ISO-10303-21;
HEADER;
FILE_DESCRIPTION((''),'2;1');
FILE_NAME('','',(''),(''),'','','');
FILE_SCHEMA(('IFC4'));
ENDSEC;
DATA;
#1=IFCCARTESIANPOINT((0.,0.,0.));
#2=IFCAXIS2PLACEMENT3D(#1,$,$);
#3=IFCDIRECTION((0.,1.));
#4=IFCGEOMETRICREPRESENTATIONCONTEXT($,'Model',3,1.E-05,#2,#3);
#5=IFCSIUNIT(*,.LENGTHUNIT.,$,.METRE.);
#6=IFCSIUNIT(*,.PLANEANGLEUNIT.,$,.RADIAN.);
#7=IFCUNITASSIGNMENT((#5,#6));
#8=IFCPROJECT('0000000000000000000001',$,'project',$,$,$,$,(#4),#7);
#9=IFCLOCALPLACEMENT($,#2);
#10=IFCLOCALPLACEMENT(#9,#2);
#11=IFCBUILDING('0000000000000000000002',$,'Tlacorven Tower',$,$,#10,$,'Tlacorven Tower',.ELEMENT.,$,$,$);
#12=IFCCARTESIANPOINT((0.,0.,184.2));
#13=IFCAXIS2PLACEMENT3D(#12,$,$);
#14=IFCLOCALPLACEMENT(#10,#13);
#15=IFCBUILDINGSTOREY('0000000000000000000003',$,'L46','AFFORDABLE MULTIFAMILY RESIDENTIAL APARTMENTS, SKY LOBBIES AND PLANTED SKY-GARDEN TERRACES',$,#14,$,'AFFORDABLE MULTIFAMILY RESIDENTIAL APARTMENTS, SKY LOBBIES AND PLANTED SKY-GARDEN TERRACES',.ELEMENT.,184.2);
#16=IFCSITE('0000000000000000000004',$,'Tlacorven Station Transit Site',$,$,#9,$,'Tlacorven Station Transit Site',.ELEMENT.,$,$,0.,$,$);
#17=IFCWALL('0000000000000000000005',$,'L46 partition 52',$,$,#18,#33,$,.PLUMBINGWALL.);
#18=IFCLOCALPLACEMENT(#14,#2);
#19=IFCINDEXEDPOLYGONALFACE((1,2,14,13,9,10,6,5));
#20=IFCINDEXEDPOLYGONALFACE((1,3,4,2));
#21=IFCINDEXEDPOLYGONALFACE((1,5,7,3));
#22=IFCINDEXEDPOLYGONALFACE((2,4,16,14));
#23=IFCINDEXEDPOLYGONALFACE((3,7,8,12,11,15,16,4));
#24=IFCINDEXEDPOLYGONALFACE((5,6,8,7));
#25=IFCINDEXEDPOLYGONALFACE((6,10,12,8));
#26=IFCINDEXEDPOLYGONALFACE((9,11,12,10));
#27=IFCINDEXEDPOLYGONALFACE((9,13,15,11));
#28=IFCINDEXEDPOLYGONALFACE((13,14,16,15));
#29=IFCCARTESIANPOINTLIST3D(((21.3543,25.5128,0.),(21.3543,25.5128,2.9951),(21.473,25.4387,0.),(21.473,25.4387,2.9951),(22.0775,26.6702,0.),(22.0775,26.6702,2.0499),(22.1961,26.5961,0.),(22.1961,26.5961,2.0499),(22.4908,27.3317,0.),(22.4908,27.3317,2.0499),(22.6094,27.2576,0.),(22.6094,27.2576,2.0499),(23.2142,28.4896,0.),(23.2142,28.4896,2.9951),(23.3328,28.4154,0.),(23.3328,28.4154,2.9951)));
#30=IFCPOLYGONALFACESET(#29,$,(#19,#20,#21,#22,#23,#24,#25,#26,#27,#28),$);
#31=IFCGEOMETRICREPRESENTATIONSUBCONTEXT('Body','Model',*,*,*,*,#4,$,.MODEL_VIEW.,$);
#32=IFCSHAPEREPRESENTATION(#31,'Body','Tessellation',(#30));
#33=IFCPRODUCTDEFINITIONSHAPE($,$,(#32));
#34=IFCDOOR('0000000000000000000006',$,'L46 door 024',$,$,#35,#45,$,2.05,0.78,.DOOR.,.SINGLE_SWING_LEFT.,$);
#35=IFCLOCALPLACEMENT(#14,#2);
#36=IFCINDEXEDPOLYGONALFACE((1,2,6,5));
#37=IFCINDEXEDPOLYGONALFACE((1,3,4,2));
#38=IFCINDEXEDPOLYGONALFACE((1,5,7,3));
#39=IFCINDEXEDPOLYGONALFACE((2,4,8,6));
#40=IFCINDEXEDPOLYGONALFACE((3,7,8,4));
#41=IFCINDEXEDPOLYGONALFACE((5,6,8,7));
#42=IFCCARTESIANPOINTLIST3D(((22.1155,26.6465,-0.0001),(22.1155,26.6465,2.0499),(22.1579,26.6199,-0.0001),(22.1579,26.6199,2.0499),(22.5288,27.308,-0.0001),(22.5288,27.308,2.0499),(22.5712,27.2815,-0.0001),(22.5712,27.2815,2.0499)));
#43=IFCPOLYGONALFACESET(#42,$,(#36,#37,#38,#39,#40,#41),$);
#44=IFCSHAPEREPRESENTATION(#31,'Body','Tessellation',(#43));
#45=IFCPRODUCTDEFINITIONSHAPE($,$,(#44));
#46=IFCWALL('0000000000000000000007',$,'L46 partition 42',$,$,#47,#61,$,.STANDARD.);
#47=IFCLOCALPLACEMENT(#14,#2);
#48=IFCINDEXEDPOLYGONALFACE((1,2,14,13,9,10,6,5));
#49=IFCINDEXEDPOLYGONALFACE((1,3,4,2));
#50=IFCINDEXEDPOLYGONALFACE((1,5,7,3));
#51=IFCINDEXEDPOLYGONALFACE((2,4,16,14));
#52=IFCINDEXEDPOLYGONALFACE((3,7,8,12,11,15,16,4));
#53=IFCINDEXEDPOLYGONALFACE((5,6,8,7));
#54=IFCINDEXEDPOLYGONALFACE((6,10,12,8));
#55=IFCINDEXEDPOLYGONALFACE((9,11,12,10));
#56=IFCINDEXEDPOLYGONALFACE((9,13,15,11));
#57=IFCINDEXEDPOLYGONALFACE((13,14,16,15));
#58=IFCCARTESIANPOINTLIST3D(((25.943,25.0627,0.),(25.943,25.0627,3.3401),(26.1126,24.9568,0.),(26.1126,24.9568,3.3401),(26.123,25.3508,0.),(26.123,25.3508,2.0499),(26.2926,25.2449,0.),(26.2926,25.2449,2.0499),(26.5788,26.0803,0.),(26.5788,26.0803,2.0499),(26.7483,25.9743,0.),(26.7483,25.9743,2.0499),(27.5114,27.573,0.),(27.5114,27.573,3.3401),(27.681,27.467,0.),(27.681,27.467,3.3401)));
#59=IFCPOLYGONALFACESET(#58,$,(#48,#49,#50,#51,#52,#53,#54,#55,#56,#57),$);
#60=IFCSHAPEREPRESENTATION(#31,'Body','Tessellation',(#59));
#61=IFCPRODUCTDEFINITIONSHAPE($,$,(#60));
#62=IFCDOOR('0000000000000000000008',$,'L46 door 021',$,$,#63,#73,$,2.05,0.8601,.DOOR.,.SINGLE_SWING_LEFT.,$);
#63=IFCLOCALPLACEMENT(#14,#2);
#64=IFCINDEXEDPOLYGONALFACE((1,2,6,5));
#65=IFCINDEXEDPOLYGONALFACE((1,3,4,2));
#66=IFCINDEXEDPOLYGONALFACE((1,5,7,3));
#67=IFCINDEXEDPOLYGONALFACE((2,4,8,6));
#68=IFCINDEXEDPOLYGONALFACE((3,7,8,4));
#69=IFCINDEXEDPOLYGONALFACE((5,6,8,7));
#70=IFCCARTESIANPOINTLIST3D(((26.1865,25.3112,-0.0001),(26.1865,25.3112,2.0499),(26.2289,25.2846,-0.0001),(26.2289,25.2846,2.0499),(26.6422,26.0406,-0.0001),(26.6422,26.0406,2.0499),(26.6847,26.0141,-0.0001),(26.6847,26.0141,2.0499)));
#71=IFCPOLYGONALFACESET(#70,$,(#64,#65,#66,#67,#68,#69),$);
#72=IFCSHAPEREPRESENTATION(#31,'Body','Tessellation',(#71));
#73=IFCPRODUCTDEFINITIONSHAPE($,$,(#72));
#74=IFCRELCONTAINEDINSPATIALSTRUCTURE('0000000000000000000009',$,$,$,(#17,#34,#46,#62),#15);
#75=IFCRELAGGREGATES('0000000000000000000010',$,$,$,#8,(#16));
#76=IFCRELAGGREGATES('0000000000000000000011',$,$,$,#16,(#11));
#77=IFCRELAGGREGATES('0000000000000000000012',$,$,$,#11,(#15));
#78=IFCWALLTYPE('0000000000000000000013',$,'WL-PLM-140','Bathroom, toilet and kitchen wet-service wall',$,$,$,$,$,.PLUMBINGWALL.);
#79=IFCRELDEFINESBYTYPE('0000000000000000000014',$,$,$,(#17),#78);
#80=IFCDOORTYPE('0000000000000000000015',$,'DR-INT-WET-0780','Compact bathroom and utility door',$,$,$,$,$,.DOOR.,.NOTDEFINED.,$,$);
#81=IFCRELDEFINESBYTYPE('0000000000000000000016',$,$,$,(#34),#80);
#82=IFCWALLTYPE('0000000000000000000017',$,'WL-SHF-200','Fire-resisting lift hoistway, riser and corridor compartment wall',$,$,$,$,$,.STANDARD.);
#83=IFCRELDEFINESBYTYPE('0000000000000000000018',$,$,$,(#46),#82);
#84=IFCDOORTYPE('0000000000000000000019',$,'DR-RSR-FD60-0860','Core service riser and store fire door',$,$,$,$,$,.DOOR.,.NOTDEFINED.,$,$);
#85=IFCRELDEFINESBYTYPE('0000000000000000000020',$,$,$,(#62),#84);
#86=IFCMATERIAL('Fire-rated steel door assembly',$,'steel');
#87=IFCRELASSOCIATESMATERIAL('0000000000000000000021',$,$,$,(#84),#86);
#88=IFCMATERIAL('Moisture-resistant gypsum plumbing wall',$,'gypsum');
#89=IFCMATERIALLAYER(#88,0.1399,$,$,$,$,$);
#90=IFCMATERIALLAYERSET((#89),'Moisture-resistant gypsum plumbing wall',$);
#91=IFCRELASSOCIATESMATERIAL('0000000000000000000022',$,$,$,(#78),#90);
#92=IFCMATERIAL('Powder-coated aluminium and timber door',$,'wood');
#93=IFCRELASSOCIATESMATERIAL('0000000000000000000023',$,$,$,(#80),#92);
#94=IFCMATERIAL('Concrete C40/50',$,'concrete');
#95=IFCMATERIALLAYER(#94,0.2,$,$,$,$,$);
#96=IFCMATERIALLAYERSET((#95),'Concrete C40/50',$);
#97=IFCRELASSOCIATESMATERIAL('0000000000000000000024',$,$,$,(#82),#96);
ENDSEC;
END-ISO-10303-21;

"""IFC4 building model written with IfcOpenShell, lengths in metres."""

from ifc_helpers import new_model, si_unit, direction, frame, frame_2d, origin, place, context, subcontext, project, spatial, rectangle, extrude, source, transform, mapped, material, layer, layer_set, type_object, element, fill, save


model = new_model("IFC4")

# Units and contexts
model_context = context("Model", 3, precision=1e-05, world=origin(), true_north=direction((0.0, 1.0)))
body_context = subcontext(model_context, "Body", "Model", "MODEL_VIEW")
ifc_project = project(units=[si_unit("LENGTHUNIT", "METRE"), si_unit("PLANEANGLEUNIT", "RADIAN")], contexts=[model_context])

# Site, building, storey
site_placement = place(None, origin())
site = spatial("IfcSite", under=ifc_project, at=site_placement, Name="Tlacorven Station Transit Site", LongName="Tlacorven Station Transit Site", CompositionType="ELEMENT", RefElevation=0.0)
building_placement = place(site_placement, origin())
building = spatial("IfcBuilding", under=site, at=building_placement, Name="Tlacorven Tower", LongName="Tlacorven Tower", CompositionType="ELEMENT")
storey_placement = place(building_placement, frame((0.0, 0.0, 184.2)))
storey = spatial("IfcBuildingStorey", under=building, at=storey_placement, Name="L46", Description="AFFORDABLE MULTIFAMILY RESIDENTIAL APARTMENTS, SKY LOBBIES AND PLANTED SKY-GARDEN TERRACES", LongName="AFFORDABLE MULTIFAMILY RESIDENTIAL APARTMENTS, SKY LOBBIES AND PLANTED SKY-GARDEN TERRACES", CompositionType="ELEMENT", Elevation=184.2)

# Shared definitions
ifc_material_1 = material(Name="Fire-rated steel door assembly", Category="steel")
door_type_1 = type_object("IfcDoorType", Name="DR-RSR-FD60-0860", Description="Core service riser and store fire door", OperationType="NOTDEFINED", PredefinedType="DOOR", material=ifc_material_1)
shared_shape_1 = source(origin(), body_context, "Body", "SweptSolid", [
    extrude(rectangle(XDim=0.8601, YDim=2.05, at=frame_2d((0.4302, 1.0249))), frame((0.0, 0.0249, 0.0), z_axis=(0.0, -1.0, 0.0), x_axis=(1.0, 0.0, 0.0)), (0.0, 0.0, 1.0), 0.05),
])

# Walls, openings, doors
ifc_material_2 = material(Name="Moisture-resistant gypsum plumbing wall", Category="gypsum")
ifc_layer_1 = layer(ifc_material_2, 0.1399)
ifc_layer_set_1 = layer_set([ifc_layer_1], Name="Moisture-resistant gypsum plumbing wall")
wall_type_1 = type_object("IfcWallType", Name="WL-PLM-140", Description="Bathroom, toilet and kitchen wet-service wall", PredefinedType="PLUMBINGWALL", material=ifc_layer_set_1)
wall_1_placement = place(storey_placement, frame((23.2734, 28.4524, 0.0), z_axis=(0.0, 0.0, 1.0), x_axis=(-0.529868, -0.84808, 0.0)))
wall_1 = element("IfcWall", 1, at=wall_1_placement, inside=storey, type_object=wall_type_1, Name="L46 partition 52", PredefinedType="PLUMBINGWALL", context=body_context, shape_type="SweptSolid", body=[
    extrude(rectangle(XDim=3.51, YDim=0.1399, at=frame_2d((1.7549, 0.0))), origin(), (0.0, 0.0, 1.0), 2.9951),
])
opening_1_placement = place(wall_1_placement, frame((1.365, 0.0, 0.0)))
opening_1 = element("IfcOpeningElement", 2, at=opening_1_placement, cuts=wall_1, PredefinedType="OPENING", context=body_context, shape_type="SweptSolid", body=[
    extrude(rectangle(XDim=0.78, YDim=2.05, at=frame_2d((0.3901, 1.0249))), frame((0.0, 0.0801, 0.0), z_axis=(0.0, -1.0, 0.0), x_axis=(1.0, 0.0, 0.0)), (0.0, 0.0, 1.0), 0.1599),
])
ifc_material_3 = material(Name="Powder-coated aluminium and timber door", Category="wood")
door_type_2 = type_object("IfcDoorType", Name="DR-INT-WET-0780", Description="Compact bathroom and utility door", OperationType="NOTDEFINED", PredefinedType="DOOR", material=ifc_material_3)
shared_shape_2 = source(origin(), body_context, "Body", "SweptSolid", [
    extrude(rectangle(XDim=0.78, YDim=2.05, at=frame_2d((0.3901, 1.0249))), frame((0.0, 0.0249, 0.0), z_axis=(0.0, -1.0, 0.0), x_axis=(1.0, 0.0, 0.0)), (0.0, 0.0, 1.0), 0.05),
])
door_1_placement = place(opening_1_placement, origin())
door_1 = element("IfcDoor", 3, at=door_1_placement, inside=storey, type_object=door_type_2, Name="L46 door 024", OperationType="SINGLE_SWING_LEFT", OverallHeight=2.05, OverallWidth=0.78, PredefinedType="DOOR", context=body_context, shape_type="MappedRepresentation", body=[
    mapped(shared_shape_2, transform((0.0, 0.0, 0.0), scale=1.0)),
])
fill(opening_1, door_1)
ifc_material_4 = material(Name="Concrete C40/50", Category="concrete")
ifc_layer_2 = layer(ifc_material_4, 0.2)
ifc_layer_set_2 = layer_set([ifc_layer_2], Name="Concrete C40/50")
wall_type_2 = type_object("IfcWallType", Name="WL-SHF-200", Description="Fire-resisting lift hoistway, riser and corridor compartment wall", PredefinedType="STANDARD", material=ifc_layer_set_2)
wall_2_placement = place(storey_placement, frame((27.5962, 27.52, 0.0), z_axis=(0.0, 0.0, 1.0), x_axis=(-0.529865, -0.848082, 0.0)))
wall_2 = element("IfcWall", 4, at=wall_2_placement, inside=storey, type_object=wall_type_2, Name="L46 partition 42", PredefinedType="STANDARD", context=body_context, shape_type="SweptSolid", body=[
    extrude(rectangle(XDim=2.96, YDim=0.2, at=frame_2d((1.48, 0.0))), origin(), (0.0, 0.0, 1.0), 3.3401),
])
opening_2_placement = place(wall_2_placement, frame((1.76, 0.0, 0.0)))
opening_2 = element("IfcOpeningElement", 5, at=opening_2_placement, cuts=wall_2, PredefinedType="OPENING", context=body_context, shape_type="SweptSolid", body=[
    extrude(rectangle(XDim=0.8601, YDim=2.05, at=frame_2d((0.4302, 1.0249))), frame((0.0, 0.1099, 0.0), z_axis=(0.0, -1.0, 0.0), x_axis=(1.0, 0.0, 0.0)), (0.0, 0.0, 1.0), 0.22),
])
door_2_placement = place(opening_2_placement, origin())
door_2 = element("IfcDoor", 6, at=door_2_placement, inside=storey, type_object=door_type_1, Name="L46 door 021", OperationType="SINGLE_SWING_LEFT", OverallHeight=2.05, OverallWidth=0.8601, PredefinedType="DOOR", context=body_context, shape_type="MappedRepresentation", body=[
    mapped(shared_shape_1, transform((0.0, 0.0, 0.0), scale=1.0)),
])
fill(opening_2, door_2)

save(model, "model.ifc")
